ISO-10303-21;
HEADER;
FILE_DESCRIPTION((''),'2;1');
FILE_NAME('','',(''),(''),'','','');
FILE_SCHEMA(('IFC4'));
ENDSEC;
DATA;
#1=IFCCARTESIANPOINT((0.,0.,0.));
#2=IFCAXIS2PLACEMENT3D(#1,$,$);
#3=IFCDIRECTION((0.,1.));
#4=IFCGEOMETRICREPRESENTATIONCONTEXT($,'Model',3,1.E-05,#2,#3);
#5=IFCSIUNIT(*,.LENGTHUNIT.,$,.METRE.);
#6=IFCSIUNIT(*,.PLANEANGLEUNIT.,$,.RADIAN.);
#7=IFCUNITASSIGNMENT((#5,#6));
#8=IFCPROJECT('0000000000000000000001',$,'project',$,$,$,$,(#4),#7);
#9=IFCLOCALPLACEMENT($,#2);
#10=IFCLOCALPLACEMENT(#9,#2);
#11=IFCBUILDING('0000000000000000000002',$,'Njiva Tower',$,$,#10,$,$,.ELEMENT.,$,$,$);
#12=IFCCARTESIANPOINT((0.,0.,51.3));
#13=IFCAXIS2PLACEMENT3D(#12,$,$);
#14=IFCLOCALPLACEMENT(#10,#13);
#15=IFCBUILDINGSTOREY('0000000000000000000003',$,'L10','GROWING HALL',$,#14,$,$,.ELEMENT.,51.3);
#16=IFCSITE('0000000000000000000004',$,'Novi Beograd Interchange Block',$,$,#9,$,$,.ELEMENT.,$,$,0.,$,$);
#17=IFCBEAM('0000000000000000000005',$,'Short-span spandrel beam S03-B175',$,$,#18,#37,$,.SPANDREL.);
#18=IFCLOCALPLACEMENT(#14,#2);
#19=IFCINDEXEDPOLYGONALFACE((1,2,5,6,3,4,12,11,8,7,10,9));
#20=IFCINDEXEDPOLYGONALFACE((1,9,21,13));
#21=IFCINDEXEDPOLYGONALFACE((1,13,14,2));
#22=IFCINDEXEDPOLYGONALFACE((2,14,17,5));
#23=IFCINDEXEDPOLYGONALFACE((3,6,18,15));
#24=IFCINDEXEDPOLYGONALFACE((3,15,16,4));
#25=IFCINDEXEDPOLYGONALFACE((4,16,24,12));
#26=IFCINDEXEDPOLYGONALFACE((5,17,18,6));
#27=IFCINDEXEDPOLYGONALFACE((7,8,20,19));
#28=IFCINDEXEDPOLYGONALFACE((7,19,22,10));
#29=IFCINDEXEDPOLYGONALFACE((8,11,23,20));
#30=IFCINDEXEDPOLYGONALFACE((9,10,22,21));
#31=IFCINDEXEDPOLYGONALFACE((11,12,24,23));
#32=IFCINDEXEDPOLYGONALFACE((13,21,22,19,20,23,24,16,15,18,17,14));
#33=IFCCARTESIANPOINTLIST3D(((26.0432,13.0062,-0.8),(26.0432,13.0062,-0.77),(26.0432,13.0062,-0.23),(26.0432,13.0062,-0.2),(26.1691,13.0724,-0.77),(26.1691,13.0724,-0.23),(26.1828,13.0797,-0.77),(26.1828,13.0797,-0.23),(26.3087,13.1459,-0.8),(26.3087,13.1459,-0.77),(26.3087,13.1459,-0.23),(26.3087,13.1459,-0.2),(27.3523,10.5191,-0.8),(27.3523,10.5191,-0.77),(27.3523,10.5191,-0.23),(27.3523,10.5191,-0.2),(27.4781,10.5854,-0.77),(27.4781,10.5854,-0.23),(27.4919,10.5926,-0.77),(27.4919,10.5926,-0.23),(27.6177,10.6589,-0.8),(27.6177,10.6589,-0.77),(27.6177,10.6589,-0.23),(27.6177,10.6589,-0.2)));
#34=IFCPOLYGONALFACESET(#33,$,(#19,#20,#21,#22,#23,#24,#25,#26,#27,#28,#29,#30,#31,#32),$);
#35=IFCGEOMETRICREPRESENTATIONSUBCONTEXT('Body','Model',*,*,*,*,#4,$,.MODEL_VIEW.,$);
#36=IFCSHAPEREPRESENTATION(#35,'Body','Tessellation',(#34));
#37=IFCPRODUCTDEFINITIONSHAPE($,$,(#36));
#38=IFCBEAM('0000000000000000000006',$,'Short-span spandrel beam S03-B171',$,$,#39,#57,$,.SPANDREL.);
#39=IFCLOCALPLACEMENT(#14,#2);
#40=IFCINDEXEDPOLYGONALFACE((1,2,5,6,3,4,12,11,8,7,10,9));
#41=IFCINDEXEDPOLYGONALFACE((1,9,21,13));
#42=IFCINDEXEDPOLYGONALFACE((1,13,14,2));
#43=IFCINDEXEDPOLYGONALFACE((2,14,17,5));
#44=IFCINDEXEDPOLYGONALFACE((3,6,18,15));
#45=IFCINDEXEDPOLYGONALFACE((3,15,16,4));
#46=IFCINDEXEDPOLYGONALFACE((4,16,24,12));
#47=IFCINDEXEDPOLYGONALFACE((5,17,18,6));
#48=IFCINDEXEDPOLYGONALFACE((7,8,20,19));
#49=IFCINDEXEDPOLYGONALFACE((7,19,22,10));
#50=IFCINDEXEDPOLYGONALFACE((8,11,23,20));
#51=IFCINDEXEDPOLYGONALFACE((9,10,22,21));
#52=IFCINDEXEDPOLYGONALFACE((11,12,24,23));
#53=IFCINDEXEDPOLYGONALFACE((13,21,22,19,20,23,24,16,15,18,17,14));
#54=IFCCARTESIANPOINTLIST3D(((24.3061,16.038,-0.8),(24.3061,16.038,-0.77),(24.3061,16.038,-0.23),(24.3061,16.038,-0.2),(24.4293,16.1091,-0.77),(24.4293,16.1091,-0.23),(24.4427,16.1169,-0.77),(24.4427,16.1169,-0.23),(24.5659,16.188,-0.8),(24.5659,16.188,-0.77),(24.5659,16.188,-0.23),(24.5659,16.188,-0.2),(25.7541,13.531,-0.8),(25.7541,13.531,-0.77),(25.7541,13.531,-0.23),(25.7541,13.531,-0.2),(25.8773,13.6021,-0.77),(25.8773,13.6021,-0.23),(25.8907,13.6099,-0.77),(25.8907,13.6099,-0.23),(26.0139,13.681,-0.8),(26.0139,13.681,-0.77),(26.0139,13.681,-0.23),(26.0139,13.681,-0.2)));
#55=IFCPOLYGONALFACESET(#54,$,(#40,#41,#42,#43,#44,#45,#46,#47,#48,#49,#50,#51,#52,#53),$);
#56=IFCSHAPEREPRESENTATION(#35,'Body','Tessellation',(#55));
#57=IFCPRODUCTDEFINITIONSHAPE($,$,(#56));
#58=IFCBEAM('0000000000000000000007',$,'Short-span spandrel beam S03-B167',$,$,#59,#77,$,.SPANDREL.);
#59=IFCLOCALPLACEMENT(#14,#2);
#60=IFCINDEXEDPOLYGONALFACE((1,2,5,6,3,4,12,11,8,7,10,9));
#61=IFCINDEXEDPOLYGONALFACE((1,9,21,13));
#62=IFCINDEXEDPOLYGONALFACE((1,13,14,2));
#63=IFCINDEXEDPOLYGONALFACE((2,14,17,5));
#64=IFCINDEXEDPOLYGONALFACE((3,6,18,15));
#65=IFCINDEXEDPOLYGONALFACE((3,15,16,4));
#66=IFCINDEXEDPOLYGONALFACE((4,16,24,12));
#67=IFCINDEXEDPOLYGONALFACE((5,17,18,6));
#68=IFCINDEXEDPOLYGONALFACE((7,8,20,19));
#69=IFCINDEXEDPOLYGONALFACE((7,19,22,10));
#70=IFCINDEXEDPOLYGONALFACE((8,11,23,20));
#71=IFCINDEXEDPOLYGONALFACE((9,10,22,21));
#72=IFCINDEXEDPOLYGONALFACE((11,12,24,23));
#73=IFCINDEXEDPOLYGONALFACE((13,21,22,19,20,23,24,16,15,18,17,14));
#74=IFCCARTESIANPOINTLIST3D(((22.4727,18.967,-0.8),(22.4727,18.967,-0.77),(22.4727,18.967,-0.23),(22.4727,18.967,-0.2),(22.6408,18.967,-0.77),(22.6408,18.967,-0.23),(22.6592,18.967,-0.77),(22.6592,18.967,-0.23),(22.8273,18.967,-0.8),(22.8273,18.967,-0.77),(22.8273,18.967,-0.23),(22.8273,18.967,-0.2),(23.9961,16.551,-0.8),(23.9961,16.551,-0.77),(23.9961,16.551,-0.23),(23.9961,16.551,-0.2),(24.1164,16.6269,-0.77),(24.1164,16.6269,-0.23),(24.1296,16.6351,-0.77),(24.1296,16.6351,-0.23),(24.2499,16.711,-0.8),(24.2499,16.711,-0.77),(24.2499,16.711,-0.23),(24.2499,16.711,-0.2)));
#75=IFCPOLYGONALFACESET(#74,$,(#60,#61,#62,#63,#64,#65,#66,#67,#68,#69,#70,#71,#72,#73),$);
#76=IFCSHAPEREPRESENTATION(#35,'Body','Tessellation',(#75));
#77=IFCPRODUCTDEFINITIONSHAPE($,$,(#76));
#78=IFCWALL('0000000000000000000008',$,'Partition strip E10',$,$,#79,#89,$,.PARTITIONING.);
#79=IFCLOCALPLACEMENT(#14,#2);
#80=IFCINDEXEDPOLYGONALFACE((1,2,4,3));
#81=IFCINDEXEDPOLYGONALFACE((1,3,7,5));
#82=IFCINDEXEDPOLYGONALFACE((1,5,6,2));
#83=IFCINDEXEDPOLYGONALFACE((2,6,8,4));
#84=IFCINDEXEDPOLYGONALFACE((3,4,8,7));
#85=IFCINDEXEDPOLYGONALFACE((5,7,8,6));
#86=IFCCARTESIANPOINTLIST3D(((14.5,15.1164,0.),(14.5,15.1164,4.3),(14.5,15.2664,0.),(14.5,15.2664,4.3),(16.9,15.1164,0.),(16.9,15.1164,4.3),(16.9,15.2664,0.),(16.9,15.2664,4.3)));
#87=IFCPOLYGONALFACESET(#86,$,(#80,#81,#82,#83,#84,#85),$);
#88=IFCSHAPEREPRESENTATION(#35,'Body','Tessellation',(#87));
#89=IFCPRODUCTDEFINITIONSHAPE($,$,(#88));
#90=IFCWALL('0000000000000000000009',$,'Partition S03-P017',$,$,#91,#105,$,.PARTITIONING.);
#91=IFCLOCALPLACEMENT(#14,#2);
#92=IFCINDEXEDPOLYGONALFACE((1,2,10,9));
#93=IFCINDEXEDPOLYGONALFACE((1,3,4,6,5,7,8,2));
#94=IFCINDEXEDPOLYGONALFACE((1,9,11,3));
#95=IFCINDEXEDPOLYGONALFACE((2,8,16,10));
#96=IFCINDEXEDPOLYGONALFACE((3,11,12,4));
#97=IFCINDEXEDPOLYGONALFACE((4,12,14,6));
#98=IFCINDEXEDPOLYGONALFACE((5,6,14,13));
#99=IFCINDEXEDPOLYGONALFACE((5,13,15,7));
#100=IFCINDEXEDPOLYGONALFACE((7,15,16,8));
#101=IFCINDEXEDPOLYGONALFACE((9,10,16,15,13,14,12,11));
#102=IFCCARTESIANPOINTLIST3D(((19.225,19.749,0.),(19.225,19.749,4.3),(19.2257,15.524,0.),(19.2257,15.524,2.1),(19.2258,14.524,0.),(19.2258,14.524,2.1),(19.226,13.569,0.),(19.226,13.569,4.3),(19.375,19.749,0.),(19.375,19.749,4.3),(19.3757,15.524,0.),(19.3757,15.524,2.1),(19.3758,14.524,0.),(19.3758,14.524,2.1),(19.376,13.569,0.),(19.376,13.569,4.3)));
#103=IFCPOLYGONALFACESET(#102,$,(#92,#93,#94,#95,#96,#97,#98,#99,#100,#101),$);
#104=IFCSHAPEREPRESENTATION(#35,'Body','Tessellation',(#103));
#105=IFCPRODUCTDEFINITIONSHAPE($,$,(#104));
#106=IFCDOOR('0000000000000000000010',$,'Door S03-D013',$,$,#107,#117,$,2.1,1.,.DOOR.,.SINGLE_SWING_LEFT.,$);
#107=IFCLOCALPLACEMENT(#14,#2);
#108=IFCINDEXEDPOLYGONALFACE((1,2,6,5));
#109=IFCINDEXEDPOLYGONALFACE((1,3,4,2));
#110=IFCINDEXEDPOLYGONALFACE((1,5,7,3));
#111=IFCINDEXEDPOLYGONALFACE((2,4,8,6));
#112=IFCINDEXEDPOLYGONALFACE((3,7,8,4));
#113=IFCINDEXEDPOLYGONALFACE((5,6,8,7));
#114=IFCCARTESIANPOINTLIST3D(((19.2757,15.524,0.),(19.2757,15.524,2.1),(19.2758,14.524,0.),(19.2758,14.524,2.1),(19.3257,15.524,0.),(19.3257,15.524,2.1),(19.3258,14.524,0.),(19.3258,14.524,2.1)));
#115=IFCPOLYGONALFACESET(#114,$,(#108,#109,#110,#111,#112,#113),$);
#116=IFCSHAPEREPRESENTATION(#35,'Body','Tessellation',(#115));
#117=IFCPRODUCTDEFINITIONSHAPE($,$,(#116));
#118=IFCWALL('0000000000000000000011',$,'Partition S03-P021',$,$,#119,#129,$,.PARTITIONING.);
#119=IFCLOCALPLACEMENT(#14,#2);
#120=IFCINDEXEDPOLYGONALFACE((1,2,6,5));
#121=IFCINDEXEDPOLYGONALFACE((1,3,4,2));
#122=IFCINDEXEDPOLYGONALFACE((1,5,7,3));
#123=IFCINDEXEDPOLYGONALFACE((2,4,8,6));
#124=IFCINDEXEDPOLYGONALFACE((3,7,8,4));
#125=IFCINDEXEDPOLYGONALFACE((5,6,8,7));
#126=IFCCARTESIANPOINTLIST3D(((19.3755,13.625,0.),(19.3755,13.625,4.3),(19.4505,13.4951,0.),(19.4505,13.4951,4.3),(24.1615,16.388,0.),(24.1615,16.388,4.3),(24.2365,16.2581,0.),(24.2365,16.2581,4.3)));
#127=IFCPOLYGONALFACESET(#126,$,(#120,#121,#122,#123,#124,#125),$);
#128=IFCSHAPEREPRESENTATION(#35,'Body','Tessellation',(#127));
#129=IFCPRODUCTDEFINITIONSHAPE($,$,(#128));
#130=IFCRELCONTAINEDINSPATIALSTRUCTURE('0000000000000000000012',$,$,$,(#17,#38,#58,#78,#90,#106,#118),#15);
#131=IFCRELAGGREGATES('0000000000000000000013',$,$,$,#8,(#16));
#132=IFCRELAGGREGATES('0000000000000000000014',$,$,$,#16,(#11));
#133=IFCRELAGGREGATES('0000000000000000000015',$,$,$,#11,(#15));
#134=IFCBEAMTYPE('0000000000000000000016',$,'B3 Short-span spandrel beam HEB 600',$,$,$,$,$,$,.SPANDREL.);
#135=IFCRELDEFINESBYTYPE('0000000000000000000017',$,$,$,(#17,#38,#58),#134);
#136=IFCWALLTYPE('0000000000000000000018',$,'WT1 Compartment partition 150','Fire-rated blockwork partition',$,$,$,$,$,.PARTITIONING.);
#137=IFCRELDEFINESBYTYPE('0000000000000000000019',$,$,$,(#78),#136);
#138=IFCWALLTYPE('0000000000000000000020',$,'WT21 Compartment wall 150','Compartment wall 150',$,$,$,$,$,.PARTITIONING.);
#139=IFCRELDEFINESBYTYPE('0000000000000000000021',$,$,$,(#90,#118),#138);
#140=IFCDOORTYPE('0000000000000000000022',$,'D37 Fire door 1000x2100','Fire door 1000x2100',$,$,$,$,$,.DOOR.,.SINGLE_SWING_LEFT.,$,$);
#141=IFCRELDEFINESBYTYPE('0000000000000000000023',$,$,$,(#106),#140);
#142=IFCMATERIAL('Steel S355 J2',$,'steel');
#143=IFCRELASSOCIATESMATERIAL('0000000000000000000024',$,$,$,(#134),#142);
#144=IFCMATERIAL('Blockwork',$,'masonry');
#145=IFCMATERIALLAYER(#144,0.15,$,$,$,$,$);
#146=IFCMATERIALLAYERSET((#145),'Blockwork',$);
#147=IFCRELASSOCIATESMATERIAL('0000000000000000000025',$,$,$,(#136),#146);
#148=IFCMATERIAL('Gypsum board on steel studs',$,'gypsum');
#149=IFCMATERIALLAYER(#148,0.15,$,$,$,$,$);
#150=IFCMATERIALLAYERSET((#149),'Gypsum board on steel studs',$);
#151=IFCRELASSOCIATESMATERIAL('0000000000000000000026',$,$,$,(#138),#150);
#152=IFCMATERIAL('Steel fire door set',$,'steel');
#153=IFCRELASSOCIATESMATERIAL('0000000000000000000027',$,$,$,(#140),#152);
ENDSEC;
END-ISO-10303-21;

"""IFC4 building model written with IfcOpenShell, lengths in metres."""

from ifc_helpers import new_model, si_unit, direction, frame, frame_2d, origin, origin_2d, place, context, subcontext, project, spatial, rectangle, i_section, extrude, clip, halfspace, material, layer, layer_set, material_profile, profile_set, type_object, element, fill, save


model = new_model("IFC4")

# Units and contexts
model_context = context("Model", 3, precision=1e-05, world=origin(), true_north=direction((0.0, 1.0)))
body_context = subcontext(model_context, "Body", "Model", "MODEL_VIEW")
ifc_project = project(units=[si_unit("LENGTHUNIT", "METRE"), si_unit("PLANEANGLEUNIT", "RADIAN")], contexts=[model_context])

# Site, building, storey
site_placement = place(None, origin())
site = spatial("IfcSite", under=ifc_project, at=site_placement, Name="Novi Beograd Interchange Block", CompositionType="ELEMENT", RefElevation=0.0)
building_placement = place(site_placement, origin())
building = spatial("IfcBuilding", under=site, at=building_placement, Name="Njiva Tower", CompositionType="ELEMENT")
storey_placement = place(building_placement, frame((0.0, 0.0, 51.3)))
storey = spatial("IfcBuildingStorey", under=building, at=storey_placement, Name="L10", Description="GROWING HALL", CompositionType="ELEMENT", Elevation=51.3)

# Shared definitions
ifc_material_1 = material(Name="Steel S355 J2", Category="steel")

# Beams
ifc_material_profile_1 = material_profile(ifc_material_1, i_section(OverallWidth=0.3, OverallDepth=0.6, WebThickness=0.0155, FlangeThickness=0.03, at=origin_2d()), Name="HEB 600")
ifc_profile_set_1 = profile_set([ifc_material_profile_1], Name="Steel S355 J2")
beam_type_1 = type_object("IfcBeamType", Name="B3 Short-span spandrel beam HEB 600", PredefinedType="SPANDREL", material=ifc_profile_set_1)
beam_1_placement = place(storey_placement, frame((27.485, 10.589, -0.5), z_axis=(-0.465761, 0.884911, 0.0), x_axis=(-0.884911, -0.465761, 0.0)))
element("IfcBeam", 1, at=beam_1_placement, inside=storey, type_object=beam_type_1, Name="Short-span spandrel beam S03-B175", PredefinedType="SPANDREL", context=body_context, shape_type="SweptSolid", body=[
    extrude(i_section(OverallWidth=0.3, OverallDepth=0.6, WebThickness=0.0155, FlangeThickness=0.03, at=origin_2d()), origin(), (0.0, 0.0, 1.0), 2.8105),
])
beam_2_placement = place(storey_placement, frame((25.884, 13.606, -0.5), z_axis=(-0.500151, 0.865938, 0.0), x_axis=(-0.865938, -0.500151, 0.0)))
element("IfcBeam", 2, at=beam_2_placement, inside=storey, type_object=beam_type_1, Name="Short-span spandrel beam S03-B171", PredefinedType="SPANDREL", context=body_context, shape_type="SweptSolid", body=[
    extrude(i_section(OverallWidth=0.3, OverallDepth=0.6, WebThickness=0.0155, FlangeThickness=0.03, at=origin_2d()), origin(), (0.0, 0.0, 1.0), 2.8951),
])
beam_3_placement = place(storey_placement, frame((24.123, 16.631, -0.5), z_axis=(-0.53338, 0.845876, 0.0), x_axis=(-0.845876, -0.53338, 0.0)))
element("IfcBeam", 3, at=beam_3_placement, inside=storey, type_object=beam_type_1, Name="Short-span spandrel beam S03-B167", PredefinedType="SPANDREL", context=body_context, shape_type="Clipping", body=[
    clip(extrude(i_section(OverallWidth=0.3, OverallDepth=0.6, WebThickness=0.0155, FlangeThickness=0.03, at=origin_2d()), origin(), (0.0, 0.0, 1.0), 2.8766), halfspace(frame((-0.027, 0.0, 2.7446), z_axis=(-0.53338, 0.0, 0.845876), x_axis=(0.0, 1.0, 0.0)), False)),
])

# Wall
ifc_material_2 = material(Name="Blockwork", Category="masonry")
ifc_layer_1 = layer(ifc_material_2, 0.15)
ifc_layer_set_1 = layer_set([ifc_layer_1], Name="Blockwork")
wall_type_1 = type_object("IfcWallType", Name="WT1 Compartment partition 150", Description="Fire-rated blockwork partition", PredefinedType="PARTITIONING", material=ifc_layer_set_1)
wall_1_placement = place(storey_placement, frame((14.5, 15.1914, 0.0), z_axis=(0.0, 0.0, 1.0), x_axis=(1.0, 0.0, 0.0)))
element("IfcWall", 4, at=wall_1_placement, inside=storey, type_object=wall_type_1, Name="Partition strip E10", PredefinedType="PARTITIONING", context=body_context, shape_type="SweptSolid", body=[
    extrude(rectangle(XDim=2.4, YDim=0.15, at=frame_2d((1.2, 0.0))), origin(), (0.0, 0.0, 1.0), 4.3),
])

# Wall, opening, door
ifc_material_3 = material(Name="Gypsum board on steel studs", Category="gypsum")
ifc_layer_2 = layer(ifc_material_3, 0.15)
ifc_layer_set_2 = layer_set([ifc_layer_2], Name="Gypsum board on steel studs")
wall_type_2 = type_object("IfcWallType", Name="WT21 Compartment wall 150", Description="Compartment wall 150", PredefinedType="PARTITIONING", material=ifc_layer_set_2)
wall_2_placement = place(storey_placement, frame((19.3, 19.749, 0.0), z_axis=(0.0, 0.0, 1.0), x_axis=(0.000162, -1.0, 0.0)))
wall_2 = element("IfcWall", 5, at=wall_2_placement, inside=storey, type_object=wall_type_2, Name="Partition S03-P017", PredefinedType="PARTITIONING", context=body_context, shape_type="SweptSolid", body=[
    extrude(rectangle(XDim=6.18, YDim=0.15, at=frame_2d((3.09, 0.0))), origin(), (0.0, 0.0, 1.0), 4.3),
])
opening_1_placement = place(wall_2_placement, frame((4.225, 0.0, 0.0)))
opening_1 = element("IfcOpeningElement", 6, at=opening_1_placement, cuts=wall_2, PredefinedType="OPENING", context=body_context, shape_type="SweptSolid", body=[
    extrude(rectangle(XDim=1.0, YDim=2.1, at=frame_2d((0.5, 1.05))), frame((0.0, 0.085, 0.0), z_axis=(0.0, -1.0, 0.0), x_axis=(1.0, 0.0, 0.0)), (0.0, 0.0, 1.0), 0.17),
])
ifc_material_4 = material(Name="Steel fire door set", Category="steel")
door_type = type_object("IfcDoorType", Name="D37 Fire door 1000x2100", Description="Fire door 1000x2100", OperationType="SINGLE_SWING_LEFT", PredefinedType="DOOR", material=ifc_material_4)
door_placement = place(opening_1_placement, origin())
door = element("IfcDoor", 7, at=door_placement, inside=storey, type_object=door_type, Name="Door S03-D013", OperationType="SINGLE_SWING_LEFT", OverallHeight=2.1, OverallWidth=1.0, PredefinedType="DOOR", context=body_context, shape_type="SweptSolid", body=[
    extrude(rectangle(XDim=1.0, YDim=2.1, at=frame_2d((0.5, 1.05))), frame((0.0, 0.025, 0.0), z_axis=(0.0, -1.0, 0.0), x_axis=(1.0, 0.0, 0.0)), (0.0, 0.0, 1.0), 0.05),
])
fill(opening_1, door)

# Wall
wall_3_placement = place(storey_placement, frame((19.413, 13.56, 0.0), z_axis=(0.0, 0.0, 1.0), x_axis=(0.866041, 0.499973, 0.0)))
element("IfcWall", 8, at=wall_3_placement, inside=storey, type_object=wall_type_2, Name="Partition S03-P021", PredefinedType="PARTITIONING", context=body_context, shape_type="SweptSolid", body=[
    extrude(rectangle(XDim=5.5263, YDim=0.15, at=frame_2d((2.7632, 0.0))), origin(), (0.0, 0.0, 1.0), 4.3),
])

save(model, "model.ifc")
